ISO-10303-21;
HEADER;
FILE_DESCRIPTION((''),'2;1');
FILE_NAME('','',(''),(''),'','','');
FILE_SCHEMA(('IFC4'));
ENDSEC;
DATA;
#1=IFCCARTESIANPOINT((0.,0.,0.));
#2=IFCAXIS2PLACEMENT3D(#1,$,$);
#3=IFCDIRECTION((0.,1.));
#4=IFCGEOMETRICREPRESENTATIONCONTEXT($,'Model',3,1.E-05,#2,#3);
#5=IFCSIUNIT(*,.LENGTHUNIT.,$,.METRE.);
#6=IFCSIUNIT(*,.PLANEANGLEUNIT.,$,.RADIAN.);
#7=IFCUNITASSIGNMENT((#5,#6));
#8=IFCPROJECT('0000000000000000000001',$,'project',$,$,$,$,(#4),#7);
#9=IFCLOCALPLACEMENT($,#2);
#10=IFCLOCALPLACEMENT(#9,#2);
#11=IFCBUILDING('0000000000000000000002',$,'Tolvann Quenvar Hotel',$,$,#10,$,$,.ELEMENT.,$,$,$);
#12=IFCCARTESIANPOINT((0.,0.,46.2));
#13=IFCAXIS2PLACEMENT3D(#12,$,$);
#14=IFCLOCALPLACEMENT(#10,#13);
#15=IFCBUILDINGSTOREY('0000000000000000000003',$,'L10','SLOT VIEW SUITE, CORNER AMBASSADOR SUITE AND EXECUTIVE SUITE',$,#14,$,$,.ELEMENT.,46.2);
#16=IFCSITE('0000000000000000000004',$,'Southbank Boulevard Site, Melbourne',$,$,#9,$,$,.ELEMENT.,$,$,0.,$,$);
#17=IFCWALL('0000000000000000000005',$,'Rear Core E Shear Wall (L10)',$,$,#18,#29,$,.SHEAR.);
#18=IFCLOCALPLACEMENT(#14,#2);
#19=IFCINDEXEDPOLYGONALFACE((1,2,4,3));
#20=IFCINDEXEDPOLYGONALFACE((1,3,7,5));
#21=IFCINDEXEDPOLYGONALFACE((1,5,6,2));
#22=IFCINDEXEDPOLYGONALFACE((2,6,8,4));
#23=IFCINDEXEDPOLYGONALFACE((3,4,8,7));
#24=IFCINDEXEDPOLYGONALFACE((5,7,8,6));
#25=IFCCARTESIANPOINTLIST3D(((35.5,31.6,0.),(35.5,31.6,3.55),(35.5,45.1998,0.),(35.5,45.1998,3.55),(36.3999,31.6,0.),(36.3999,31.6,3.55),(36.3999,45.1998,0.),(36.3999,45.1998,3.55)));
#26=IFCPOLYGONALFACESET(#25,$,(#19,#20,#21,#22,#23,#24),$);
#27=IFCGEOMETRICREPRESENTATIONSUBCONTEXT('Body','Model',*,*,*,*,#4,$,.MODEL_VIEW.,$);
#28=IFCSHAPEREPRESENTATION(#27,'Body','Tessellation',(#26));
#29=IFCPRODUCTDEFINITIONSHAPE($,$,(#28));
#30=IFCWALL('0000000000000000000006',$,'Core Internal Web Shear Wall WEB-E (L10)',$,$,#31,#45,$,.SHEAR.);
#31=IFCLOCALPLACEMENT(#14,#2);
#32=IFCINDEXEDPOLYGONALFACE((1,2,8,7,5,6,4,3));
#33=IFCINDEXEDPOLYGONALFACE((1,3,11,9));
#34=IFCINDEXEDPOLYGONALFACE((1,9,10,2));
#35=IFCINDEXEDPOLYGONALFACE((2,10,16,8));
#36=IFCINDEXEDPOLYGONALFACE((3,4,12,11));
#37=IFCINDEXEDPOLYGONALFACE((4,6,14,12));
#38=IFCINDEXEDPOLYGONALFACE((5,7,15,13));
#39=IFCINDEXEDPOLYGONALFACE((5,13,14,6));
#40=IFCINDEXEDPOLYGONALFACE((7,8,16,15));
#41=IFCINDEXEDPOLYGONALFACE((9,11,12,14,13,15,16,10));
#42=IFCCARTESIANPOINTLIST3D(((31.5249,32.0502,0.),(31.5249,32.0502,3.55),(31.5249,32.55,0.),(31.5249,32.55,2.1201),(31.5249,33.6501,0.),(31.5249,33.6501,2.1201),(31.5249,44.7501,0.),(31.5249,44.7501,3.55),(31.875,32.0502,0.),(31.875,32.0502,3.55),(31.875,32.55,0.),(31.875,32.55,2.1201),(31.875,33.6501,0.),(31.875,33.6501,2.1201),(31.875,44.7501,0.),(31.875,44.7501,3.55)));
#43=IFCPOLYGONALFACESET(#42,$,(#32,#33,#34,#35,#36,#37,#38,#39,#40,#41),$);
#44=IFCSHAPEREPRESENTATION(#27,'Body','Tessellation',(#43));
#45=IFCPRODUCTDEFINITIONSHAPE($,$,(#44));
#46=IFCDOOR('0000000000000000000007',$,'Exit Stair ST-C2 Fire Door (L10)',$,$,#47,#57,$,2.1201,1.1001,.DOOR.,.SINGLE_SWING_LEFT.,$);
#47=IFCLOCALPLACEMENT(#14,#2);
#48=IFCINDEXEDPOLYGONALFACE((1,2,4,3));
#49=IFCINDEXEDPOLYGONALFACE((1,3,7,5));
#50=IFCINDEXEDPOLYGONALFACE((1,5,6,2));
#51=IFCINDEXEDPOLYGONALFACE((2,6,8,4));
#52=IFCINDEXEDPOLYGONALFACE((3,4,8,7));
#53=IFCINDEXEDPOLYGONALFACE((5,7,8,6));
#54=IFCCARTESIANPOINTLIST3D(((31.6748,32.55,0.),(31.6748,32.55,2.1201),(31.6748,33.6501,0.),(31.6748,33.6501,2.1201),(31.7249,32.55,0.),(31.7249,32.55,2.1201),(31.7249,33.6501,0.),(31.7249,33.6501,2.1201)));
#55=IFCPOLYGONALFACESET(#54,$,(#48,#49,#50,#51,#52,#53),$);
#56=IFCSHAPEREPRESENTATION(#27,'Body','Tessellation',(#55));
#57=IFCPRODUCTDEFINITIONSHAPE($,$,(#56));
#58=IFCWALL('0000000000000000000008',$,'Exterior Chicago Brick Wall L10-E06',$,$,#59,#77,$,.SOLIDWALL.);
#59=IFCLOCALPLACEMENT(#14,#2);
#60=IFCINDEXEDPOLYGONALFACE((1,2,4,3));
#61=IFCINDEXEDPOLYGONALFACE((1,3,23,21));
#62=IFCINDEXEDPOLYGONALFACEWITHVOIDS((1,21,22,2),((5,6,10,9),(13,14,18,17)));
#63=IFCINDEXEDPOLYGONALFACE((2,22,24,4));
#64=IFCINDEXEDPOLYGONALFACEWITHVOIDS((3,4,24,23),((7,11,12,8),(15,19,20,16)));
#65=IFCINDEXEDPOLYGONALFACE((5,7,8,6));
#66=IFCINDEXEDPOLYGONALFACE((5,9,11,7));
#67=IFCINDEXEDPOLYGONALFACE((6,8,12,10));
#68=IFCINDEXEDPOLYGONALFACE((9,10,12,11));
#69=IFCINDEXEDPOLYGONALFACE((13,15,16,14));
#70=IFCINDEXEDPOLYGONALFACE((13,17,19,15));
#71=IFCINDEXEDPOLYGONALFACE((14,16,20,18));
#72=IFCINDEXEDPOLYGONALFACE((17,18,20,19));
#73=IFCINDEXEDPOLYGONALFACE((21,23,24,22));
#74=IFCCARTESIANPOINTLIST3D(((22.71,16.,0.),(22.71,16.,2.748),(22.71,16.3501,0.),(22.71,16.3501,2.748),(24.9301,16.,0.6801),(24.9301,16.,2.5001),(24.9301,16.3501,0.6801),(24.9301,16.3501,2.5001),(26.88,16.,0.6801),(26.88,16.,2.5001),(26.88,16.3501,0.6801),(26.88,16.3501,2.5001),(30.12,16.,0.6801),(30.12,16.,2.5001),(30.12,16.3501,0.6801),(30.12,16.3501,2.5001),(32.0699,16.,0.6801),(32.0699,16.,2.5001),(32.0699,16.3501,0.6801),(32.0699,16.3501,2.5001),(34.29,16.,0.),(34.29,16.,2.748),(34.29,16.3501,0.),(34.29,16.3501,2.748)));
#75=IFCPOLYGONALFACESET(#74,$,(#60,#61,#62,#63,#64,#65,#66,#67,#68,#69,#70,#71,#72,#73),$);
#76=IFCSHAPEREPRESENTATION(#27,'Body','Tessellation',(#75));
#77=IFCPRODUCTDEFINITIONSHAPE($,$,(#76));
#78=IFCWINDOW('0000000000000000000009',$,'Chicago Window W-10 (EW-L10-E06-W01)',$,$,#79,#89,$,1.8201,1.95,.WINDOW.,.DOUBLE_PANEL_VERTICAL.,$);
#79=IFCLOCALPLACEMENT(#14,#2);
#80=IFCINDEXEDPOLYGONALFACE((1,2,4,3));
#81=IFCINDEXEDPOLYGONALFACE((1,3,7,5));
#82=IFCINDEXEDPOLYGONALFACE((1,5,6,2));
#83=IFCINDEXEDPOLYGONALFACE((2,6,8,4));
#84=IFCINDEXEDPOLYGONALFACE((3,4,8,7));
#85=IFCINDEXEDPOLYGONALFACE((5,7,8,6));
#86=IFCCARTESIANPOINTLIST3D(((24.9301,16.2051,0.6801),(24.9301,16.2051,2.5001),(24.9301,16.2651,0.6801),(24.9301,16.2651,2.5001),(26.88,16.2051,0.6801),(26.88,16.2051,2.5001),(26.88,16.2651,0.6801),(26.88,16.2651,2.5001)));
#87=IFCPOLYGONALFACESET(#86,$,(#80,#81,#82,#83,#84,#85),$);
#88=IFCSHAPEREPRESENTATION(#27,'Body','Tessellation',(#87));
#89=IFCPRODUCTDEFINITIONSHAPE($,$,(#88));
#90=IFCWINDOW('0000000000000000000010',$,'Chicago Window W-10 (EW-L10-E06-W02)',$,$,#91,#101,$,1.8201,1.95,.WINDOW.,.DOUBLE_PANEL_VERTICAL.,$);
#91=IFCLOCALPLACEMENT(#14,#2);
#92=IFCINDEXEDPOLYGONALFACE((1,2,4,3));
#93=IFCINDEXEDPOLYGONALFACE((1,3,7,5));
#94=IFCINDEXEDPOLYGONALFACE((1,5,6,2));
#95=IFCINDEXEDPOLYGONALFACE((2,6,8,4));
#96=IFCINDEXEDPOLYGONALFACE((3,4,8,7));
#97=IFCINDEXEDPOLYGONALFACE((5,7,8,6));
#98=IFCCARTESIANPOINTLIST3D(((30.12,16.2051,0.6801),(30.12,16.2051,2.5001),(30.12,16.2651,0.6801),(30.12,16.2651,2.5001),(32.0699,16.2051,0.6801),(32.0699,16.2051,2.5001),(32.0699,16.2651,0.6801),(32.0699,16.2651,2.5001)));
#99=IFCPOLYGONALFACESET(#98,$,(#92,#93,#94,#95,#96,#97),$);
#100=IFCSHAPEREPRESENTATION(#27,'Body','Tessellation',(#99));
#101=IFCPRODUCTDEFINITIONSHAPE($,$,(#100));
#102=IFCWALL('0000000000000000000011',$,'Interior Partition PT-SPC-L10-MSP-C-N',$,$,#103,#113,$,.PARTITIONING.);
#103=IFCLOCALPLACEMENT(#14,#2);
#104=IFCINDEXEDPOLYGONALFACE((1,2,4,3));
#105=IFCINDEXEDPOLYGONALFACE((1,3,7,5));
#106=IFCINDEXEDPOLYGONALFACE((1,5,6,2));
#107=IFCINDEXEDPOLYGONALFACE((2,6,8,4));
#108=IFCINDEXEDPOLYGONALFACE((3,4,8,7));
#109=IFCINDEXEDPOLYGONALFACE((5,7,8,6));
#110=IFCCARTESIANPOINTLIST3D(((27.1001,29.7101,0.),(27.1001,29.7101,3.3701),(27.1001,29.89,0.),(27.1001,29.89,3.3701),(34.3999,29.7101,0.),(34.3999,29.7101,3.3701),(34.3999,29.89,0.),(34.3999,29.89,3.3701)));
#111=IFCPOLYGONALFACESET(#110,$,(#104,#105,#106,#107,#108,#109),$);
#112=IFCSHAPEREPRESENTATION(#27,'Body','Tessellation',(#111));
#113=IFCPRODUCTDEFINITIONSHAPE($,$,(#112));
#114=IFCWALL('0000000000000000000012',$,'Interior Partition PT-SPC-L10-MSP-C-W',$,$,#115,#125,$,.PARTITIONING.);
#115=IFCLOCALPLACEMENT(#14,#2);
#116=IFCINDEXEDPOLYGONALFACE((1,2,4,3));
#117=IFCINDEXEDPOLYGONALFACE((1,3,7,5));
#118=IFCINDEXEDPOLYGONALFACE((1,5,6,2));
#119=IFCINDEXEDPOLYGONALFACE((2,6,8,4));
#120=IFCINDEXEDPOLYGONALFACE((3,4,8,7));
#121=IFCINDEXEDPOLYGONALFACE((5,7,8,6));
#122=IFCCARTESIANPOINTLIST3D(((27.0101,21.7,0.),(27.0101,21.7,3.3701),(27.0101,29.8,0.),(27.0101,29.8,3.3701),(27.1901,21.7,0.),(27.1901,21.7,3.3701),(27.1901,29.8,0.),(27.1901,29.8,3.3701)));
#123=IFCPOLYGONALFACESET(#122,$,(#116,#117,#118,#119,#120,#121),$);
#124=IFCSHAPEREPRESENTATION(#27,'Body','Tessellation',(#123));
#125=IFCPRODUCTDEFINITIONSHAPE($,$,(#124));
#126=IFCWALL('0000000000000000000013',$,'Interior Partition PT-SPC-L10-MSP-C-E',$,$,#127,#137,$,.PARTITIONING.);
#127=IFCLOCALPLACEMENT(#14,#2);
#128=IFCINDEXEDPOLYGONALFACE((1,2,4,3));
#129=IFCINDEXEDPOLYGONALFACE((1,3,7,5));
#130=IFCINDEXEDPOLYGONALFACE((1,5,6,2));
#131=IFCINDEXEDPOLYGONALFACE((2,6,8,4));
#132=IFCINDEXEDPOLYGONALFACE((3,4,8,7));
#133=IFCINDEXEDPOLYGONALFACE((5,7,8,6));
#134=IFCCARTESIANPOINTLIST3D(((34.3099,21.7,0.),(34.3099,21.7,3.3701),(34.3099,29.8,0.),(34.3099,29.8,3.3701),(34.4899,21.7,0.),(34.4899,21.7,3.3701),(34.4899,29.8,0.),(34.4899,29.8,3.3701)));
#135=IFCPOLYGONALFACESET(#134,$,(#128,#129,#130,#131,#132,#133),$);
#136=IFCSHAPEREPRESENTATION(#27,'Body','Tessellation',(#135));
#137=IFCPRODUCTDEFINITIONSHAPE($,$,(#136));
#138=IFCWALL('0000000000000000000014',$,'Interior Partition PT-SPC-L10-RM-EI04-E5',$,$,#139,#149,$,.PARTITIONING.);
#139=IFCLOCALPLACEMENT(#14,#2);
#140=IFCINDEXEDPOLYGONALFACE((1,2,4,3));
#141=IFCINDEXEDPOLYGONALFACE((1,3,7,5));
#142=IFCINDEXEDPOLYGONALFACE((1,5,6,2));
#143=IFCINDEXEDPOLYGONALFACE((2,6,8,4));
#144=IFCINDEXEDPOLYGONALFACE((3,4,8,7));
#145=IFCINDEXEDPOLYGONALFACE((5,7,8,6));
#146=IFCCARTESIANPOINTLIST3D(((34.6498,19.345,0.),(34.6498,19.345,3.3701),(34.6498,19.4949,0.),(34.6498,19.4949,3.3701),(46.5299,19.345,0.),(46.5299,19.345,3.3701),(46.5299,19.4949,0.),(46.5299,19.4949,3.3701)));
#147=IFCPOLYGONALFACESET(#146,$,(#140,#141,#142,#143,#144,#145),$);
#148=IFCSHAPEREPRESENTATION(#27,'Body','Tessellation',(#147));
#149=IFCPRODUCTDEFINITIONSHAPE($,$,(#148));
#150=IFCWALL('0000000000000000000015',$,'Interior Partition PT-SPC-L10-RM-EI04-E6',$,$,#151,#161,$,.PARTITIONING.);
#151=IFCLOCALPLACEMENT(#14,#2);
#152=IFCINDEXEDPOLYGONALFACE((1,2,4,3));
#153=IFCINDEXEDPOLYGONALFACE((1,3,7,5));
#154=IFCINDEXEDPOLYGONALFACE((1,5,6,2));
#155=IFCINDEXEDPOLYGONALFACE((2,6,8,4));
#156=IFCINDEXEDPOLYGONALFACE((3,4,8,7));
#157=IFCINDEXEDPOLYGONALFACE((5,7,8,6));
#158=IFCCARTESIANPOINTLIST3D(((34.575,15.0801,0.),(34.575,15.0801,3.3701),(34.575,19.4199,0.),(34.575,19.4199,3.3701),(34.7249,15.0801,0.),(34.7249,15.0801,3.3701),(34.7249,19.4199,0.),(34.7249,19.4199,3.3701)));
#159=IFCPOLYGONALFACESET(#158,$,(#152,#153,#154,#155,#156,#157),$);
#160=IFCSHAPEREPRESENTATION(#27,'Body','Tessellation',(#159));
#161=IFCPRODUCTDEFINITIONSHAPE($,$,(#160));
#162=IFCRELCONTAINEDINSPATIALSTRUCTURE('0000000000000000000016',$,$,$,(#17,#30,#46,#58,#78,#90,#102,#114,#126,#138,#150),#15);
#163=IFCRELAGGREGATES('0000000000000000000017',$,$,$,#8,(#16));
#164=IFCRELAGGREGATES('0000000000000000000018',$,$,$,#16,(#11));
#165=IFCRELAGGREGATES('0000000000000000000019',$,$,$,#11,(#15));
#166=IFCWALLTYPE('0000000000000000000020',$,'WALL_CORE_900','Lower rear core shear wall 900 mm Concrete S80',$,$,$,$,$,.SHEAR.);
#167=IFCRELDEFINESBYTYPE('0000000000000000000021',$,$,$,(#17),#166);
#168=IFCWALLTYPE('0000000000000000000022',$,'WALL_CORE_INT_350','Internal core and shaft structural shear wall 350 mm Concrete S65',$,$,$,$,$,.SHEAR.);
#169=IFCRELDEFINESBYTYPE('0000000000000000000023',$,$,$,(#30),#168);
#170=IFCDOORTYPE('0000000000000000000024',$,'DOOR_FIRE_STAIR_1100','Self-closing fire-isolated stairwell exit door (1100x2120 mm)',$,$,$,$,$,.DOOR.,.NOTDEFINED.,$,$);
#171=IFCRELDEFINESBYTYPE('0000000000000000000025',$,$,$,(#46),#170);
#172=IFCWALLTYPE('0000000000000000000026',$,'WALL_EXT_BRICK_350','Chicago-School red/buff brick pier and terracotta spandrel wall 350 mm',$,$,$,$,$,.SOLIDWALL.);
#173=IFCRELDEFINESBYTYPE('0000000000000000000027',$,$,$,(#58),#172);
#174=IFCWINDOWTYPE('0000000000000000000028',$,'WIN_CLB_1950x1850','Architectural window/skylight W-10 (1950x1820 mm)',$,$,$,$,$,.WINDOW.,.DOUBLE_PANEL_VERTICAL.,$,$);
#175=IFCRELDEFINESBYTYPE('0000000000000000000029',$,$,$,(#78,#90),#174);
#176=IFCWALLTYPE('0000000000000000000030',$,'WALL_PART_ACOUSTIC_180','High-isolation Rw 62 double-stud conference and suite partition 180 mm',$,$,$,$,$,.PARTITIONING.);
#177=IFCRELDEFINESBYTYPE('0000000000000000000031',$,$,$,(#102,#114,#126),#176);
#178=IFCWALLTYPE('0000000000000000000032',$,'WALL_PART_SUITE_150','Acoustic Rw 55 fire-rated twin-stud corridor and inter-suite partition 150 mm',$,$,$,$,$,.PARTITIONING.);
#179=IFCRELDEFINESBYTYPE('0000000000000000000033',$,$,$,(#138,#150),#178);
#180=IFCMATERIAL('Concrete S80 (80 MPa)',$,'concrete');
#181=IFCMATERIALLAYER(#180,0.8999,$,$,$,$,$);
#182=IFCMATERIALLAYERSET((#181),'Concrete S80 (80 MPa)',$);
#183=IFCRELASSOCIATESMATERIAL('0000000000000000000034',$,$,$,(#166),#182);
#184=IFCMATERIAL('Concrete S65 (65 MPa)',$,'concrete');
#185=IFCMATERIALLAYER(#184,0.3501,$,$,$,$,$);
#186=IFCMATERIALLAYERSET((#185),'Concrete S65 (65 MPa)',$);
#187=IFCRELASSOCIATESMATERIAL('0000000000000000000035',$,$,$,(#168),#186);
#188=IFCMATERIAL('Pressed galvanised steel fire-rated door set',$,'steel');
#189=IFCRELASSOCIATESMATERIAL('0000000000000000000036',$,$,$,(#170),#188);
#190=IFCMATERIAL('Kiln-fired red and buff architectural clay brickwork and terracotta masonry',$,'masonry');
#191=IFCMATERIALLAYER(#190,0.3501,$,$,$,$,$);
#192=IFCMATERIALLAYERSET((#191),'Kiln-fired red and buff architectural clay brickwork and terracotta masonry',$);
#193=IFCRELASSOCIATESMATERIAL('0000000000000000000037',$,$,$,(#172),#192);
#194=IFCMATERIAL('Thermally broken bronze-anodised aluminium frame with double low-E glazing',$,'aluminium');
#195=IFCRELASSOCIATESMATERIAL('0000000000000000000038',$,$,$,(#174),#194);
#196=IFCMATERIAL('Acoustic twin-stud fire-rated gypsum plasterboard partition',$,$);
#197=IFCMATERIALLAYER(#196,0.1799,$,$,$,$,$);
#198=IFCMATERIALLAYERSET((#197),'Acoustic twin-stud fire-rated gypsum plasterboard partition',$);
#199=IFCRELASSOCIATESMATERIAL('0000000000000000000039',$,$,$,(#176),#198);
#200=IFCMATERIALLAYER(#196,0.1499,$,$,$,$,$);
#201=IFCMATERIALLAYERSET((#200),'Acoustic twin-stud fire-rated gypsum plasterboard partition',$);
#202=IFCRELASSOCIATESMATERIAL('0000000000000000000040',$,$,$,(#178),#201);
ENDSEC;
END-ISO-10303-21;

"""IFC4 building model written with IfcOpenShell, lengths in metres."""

from ifc_helpers import new_model, si_unit, direction, frame, frame_2d, origin, place, context, subcontext, project, spatial, rectangle, extrude, source, transform, mapped, material, layer, layer_set, type_object, type_shapes, element, fill, save


model = new_model("IFC4")

# Units and contexts
model_context = context("Model", 3, precision=1e-05, world=origin(), true_north=direction((0.0, 1.0)))
body_context = subcontext(model_context, "Body", "Model", "MODEL_VIEW")
ifc_project = project(units=[si_unit("LENGTHUNIT", "METRE"), si_unit("PLANEANGLEUNIT", "RADIAN")], contexts=[model_context])

# Site, building, storey
site_placement = place(None, origin())
site = spatial("IfcSite", under=ifc_project, at=site_placement, Name="Southbank Boulevard Site, Melbourne", CompositionType="ELEMENT", RefElevation=0.0)
building_placement = place(site_placement, origin())
building = spatial("IfcBuilding", under=site, at=building_placement, Name="Tolvann Quenvar Hotel", CompositionType="ELEMENT")
storey_placement = place(building_placement, frame((0.0, 0.0, 46.2)))
storey = spatial("IfcBuildingStorey", under=building, at=storey_placement, Name="L10", Description="SLOT VIEW SUITE, CORNER AMBASSADOR SUITE AND EXECUTIVE SUITE", CompositionType="ELEMENT", Elevation=46.2)

# Shared definitions
ifc_material_1 = material(Name="Concrete S65 (65 MPa)", Category="concrete")

# Wall
ifc_material_2 = material(Name="Concrete S80 (80 MPa)", Category="concrete")
ifc_layer_1 = layer(ifc_material_2, 0.8999)
ifc_layer_set_1 = layer_set([ifc_layer_1], Name="Concrete S80 (80 MPa)")
wall_type_1 = type_object("IfcWallType", Name="WALL_CORE_900", Description="Lower rear core shear wall 900 mm Concrete S80", PredefinedType="SHEAR", material=ifc_layer_set_1)
wall_1_placement = place(storey_placement, frame((35.95, 31.6001, 0.0), z_axis=(0.0, 0.0, 1.0), x_axis=(0.0, 1.0, 0.0)))
element("IfcWall", 1, at=wall_1_placement, inside=storey, type_object=wall_type_1, Name="Rear Core E Shear Wall (L10)", PredefinedType="SHEAR", context=body_context, shape_type="SweptSolid", body=[
    extrude(rectangle(XDim=13.5999, YDim=0.8999, at=frame_2d((6.7998, 0.0))), origin(), (0.0, 0.0, 1.0), 3.55),
])

# Wall, opening, door
ifc_layer_2 = layer(ifc_material_1, 0.3501)
ifc_layer_set_2 = layer_set([ifc_layer_2], Name="Concrete S65 (65 MPa)")
wall_type_2 = type_object("IfcWallType", Name="WALL_CORE_INT_350", Description="Internal core and shaft structural shear wall 350 mm Concrete S65", PredefinedType="SHEAR", material=ifc_layer_set_2)
wall_2_placement = place(storey_placement, frame((31.7, 32.05, 0.0), z_axis=(0.0, 0.0, 1.0), x_axis=(0.0, 1.0, 0.0)))
wall_2 = element("IfcWall", 2, at=wall_2_placement, inside=storey, type_object=wall_type_2, Name="Core Internal Web Shear Wall WEB-E (L10)", PredefinedType="SHEAR", context=body_context, shape_type="SweptSolid", body=[
    extrude(rectangle(XDim=12.7, YDim=0.3501, at=frame_2d((6.3501, 0.0))), origin(), (0.0, 0.0, 1.0), 3.55),
])
opening_1_placement = place(wall_2_placement, frame((1.6001, 0.0, 0.0), z_axis=(0.0, 0.0, 1.0), x_axis=(-1.0, 0.0, 0.0)))
opening_1 = element("IfcOpeningElement", 3, at=opening_1_placement, cuts=wall_2, PredefinedType="OPENING", context=body_context, shape_type="SweptSolid", body=[
    extrude(rectangle(XDim=1.1001, YDim=2.1201, at=frame_2d((0.55, 1.0601))), frame((0.0, 0.1851, 0.0), z_axis=(0.0, -1.0, 0.0), x_axis=(1.0, 0.0, 0.0)), (0.0, 0.0, 1.0), 0.3701),
])
ifc_material_3 = material(Name="Pressed galvanised steel fire-rated door set", Category="steel")
door_type_1 = type_object("IfcDoorType", Name="DOOR_FIRE_STAIR_1100", Description="Self-closing fire-isolated stairwell exit door (1100x2120 mm)", OperationType="NOTDEFINED", PredefinedType="DOOR", material=ifc_material_3)
shared_shape_1 = source(origin(), body_context, "Body", "SweptSolid", [
    extrude(rectangle(XDim=1.1001, YDim=2.1201, at=frame_2d((0.55, 1.0601))), frame((0.0, 0.0249, 0.0), z_axis=(0.0, -1.0, 0.0), x_axis=(1.0, 0.0, 0.0)), (0.0, 0.0, 1.0), 0.05),
])
type_shapes(door_type_1, [shared_shape_1])
door_1_placement = place(opening_1_placement, origin())
door_1 = element("IfcDoor", 4, at=door_1_placement, inside=storey, type_object=door_type_1, Name="Exit Stair ST-C2 Fire Door (L10)", OperationType="SINGLE_SWING_LEFT", OverallHeight=2.1201, OverallWidth=1.1001, PredefinedType="DOOR", context=body_context, shape_type="MappedRepresentation", body=[
    mapped(shared_shape_1, transform((0.0, 0.0, 0.0), x_axis=(1.0, 0.0, 0.0), y_axis=(0.0, 1.0, 0.0), z_axis=(0.0, 0.0, 1.0), scale=1.0)),
])
fill(opening_1, door_1)

# Wall, openings, windows
ifc_material_4 = material(Name="Kiln-fired red and buff architectural clay brickwork and terracotta masonry", Category="masonry")
ifc_layer_3 = layer(ifc_material_4, 0.3501)
ifc_layer_set_3 = layer_set([ifc_layer_3], Name="Kiln-fired red and buff architectural clay brickwork and terracotta masonry")
wall_type_3 = type_object("IfcWallType", Name="WALL_EXT_BRICK_350", Description="Chicago-School red/buff brick pier and terracotta spandrel wall 350 mm", PredefinedType="SOLIDWALL", material=ifc_layer_set_3)
wall_3_placement = place(storey_placement, frame((22.71, 16.175, 0.0), z_axis=(0.0, 0.0, 1.0), x_axis=(1.0, 0.0, 0.0)))
wall_3 = element("IfcWall", 5, at=wall_3_placement, inside=storey, type_object=wall_type_3, Name="Exterior Chicago Brick Wall L10-E06", PredefinedType="SOLIDWALL", context=body_context, shape_type="SweptSolid", body=[
    extrude(rectangle(XDim=11.5801, YDim=0.3501, at=frame_2d((5.79, 0.0))), origin(), (0.0, 0.0, 1.0), 2.748),
])
opening_2_placement = place(wall_3_placement, frame((2.22, 0.0, 0.6799)))
opening_2 = element("IfcOpeningElement", 6, at=opening_2_placement, cuts=wall_3, PredefinedType="OPENING", context=body_context, shape_type="SweptSolid", body=[
    extrude(rectangle(XDim=1.95, YDim=1.8201, at=frame_2d((0.9751, 0.9102))), frame((0.0, 0.1851, 0.0), z_axis=(0.0, -1.0, 0.0), x_axis=(1.0, 0.0, 0.0)), (0.0, 0.0, 1.0), 0.3701),
])
opening_3_placement = place(wall_3_placement, frame((7.4099, 0.0, 0.6799)))
opening_3 = element("IfcOpeningElement", 7, at=opening_3_placement, cuts=wall_3, PredefinedType="OPENING", context=body_context, shape_type="SweptSolid", body=[
    extrude(rectangle(XDim=1.95, YDim=1.8201, at=frame_2d((0.9751, 0.9102))), frame((0.0, 0.1851, 0.0), z_axis=(0.0, -1.0, 0.0), x_axis=(1.0, 0.0, 0.0)), (0.0, 0.0, 1.0), 0.3701),
])
ifc_material_5 = material(Name="Thermally broken bronze-anodised aluminium frame with double low-E glazing", Category="aluminium")
window_type = type_object("IfcWindowType", Name="WIN_CLB_1950x1850", Description="Architectural window/skylight W-10 (1950x1820 mm)", PartitioningType="DOUBLE_PANEL_VERTICAL", PredefinedType="WINDOW", material=ifc_material_5)
shared_shape_2 = source(origin(), body_context, "Body", "SweptSolid", [
    extrude(rectangle(XDim=1.95, YDim=1.8201, at=frame_2d((0.9751, 0.9102))), frame((0.0, 0.0901, 0.0), z_axis=(0.0, -1.0, 0.0), x_axis=(1.0, 0.0, 0.0)), (0.0, 0.0, 1.0), 0.0601),
])
type_shapes(window_type, [shared_shape_2])
window_1_placement = place(opening_2_placement, origin())
window_1 = element("IfcWindow", 8, at=window_1_placement, inside=storey, type_object=window_type, Name="Chicago Window W-10 (EW-L10-E06-W01)", OverallHeight=1.8201, OverallWidth=1.95, PartitioningType="DOUBLE_PANEL_VERTICAL", PredefinedType="WINDOW", context=body_context, shape_type="MappedRepresentation", body=[
    mapped(shared_shape_2, transform((0.0, 0.0, 0.0), x_axis=(1.0, 0.0, 0.0), y_axis=(0.0, 1.0, 0.0), z_axis=(0.0, 0.0, 1.0), scale=1.0)),
])
fill(opening_2, window_1)
window_2_placement = place(opening_3_placement, origin())
window_2 = element("IfcWindow", 9, at=window_2_placement, inside=storey, type_object=window_type, Name="Chicago Window W-10 (EW-L10-E06-W02)", OverallHeight=1.8201, OverallWidth=1.95, PartitioningType="DOUBLE_PANEL_VERTICAL", PredefinedType="WINDOW", context=body_context, shape_type="MappedRepresentation", body=[
    mapped(shared_shape_2, transform((0.0, 0.0, 0.0), x_axis=(1.0, 0.0, 0.0), y_axis=(0.0, 1.0, 0.0), z_axis=(0.0, 0.0, 1.0), scale=1.0)),
])
fill(opening_3, window_2)

# Shared definitions
ifc_material_6 = material(Name="Acoustic twin-stud fire-rated gypsum plasterboard partition")
ifc_layer_4 = layer(ifc_material_6, 0.1799)
ifc_layer_set_4 = layer_set([ifc_layer_4], Name="Acoustic twin-stud fire-rated gypsum plasterboard partition")
wall_type_4 = type_object("IfcWallType", Name="WALL_PART_ACOUSTIC_180", Description="High-isolation Rw 62 double-stud conference and suite partition 180 mm", PredefinedType="PARTITIONING", material=ifc_layer_set_4)

# Walls
wall_4_placement = place(storey_placement, frame((27.1001, 29.8, 0.0), z_axis=(0.0, 0.0, 1.0), x_axis=(1.0, 0.0, 0.0)))
element("IfcWall", 10, at=wall_4_placement, inside=storey, type_object=wall_type_4, Name="Interior Partition PT-SPC-L10-MSP-C-N", PredefinedType="PARTITIONING", context=body_context, shape_type="SweptSolid", body=[
    extrude(rectangle(XDim=7.2998, YDim=0.1799, at=frame_2d((3.6499, 0.0))), origin(), (0.0, 0.0, 1.0), 3.3701),
])
for number, where, z_axis, x_axis, name in (
    (11, (27.1001, 21.7, 0.0), (0.0, 0.0, 1.0), (0.0, 1.0, 0.0), "Interior Partition PT-SPC-L10-MSP-C-W"),
    (12, (34.3999, 21.7, 0.0), (0.0, 0.0, 1.0), (0.0, 1.0, 0.0), "Interior Partition PT-SPC-L10-MSP-C-E"),
):
    element("IfcWall", number, at=place(storey_placement, frame(where, z_axis=z_axis, x_axis=x_axis)), inside=storey, type_object=wall_type_4, Name=name, PredefinedType="PARTITIONING", context=body_context, shape_type="SweptSolid", body=[
        extrude(rectangle(XDim=8.1001, YDim=0.1799, at=frame_2d((4.05, 0.0))), origin(), (0.0, 0.0, 1.0), 3.3701),
    ])
ifc_layer_5 = layer(ifc_material_6, 0.1499)
ifc_layer_set_5 = layer_set([ifc_layer_5], Name="Acoustic twin-stud fire-rated gypsum plasterboard partition")
wall_type_5 = type_object("IfcWallType", Name="WALL_PART_SUITE_150", Description="Acoustic Rw 55 fire-rated twin-stud corridor and inter-suite partition 150 mm", PredefinedType="PARTITIONING", material=ifc_layer_set_5)
wall_5_placement = place(storey_placement, frame((34.6499, 19.4199, 0.0), z_axis=(0.0, 0.0, 1.0), x_axis=(1.0, 0.0, 0.0)))
element("IfcWall", 13, at=wall_5_placement, inside=storey, type_object=wall_type_5, Name="Interior Partition PT-SPC-L10-RM-EI04-E5", PredefinedType="PARTITIONING", context=body_context, shape_type="SweptSolid", body=[
    extrude(rectangle(XDim=11.8801, YDim=0.1499, at=frame_2d((5.9399, 0.0))), origin(), (0.0, 0.0, 1.0), 3.3701),
])
wall_6_placement = place(storey_placement, frame((34.6499, 15.0801, 0.0), z_axis=(0.0, 0.0, 1.0), x_axis=(0.0, 1.0, 0.0)))
element("IfcWall", 14, at=wall_6_placement, inside=storey, type_object=wall_type_5, Name="Interior Partition PT-SPC-L10-RM-EI04-E6", PredefinedType="PARTITIONING", context=body_context, shape_type="SweptSolid", body=[
    extrude(rectangle(XDim=4.3398, YDim=0.1499, at=frame_2d((2.1699, 0.0))), origin(), (0.0, 0.0, 1.0), 3.3701),
])

save(model, "model.ifc")
